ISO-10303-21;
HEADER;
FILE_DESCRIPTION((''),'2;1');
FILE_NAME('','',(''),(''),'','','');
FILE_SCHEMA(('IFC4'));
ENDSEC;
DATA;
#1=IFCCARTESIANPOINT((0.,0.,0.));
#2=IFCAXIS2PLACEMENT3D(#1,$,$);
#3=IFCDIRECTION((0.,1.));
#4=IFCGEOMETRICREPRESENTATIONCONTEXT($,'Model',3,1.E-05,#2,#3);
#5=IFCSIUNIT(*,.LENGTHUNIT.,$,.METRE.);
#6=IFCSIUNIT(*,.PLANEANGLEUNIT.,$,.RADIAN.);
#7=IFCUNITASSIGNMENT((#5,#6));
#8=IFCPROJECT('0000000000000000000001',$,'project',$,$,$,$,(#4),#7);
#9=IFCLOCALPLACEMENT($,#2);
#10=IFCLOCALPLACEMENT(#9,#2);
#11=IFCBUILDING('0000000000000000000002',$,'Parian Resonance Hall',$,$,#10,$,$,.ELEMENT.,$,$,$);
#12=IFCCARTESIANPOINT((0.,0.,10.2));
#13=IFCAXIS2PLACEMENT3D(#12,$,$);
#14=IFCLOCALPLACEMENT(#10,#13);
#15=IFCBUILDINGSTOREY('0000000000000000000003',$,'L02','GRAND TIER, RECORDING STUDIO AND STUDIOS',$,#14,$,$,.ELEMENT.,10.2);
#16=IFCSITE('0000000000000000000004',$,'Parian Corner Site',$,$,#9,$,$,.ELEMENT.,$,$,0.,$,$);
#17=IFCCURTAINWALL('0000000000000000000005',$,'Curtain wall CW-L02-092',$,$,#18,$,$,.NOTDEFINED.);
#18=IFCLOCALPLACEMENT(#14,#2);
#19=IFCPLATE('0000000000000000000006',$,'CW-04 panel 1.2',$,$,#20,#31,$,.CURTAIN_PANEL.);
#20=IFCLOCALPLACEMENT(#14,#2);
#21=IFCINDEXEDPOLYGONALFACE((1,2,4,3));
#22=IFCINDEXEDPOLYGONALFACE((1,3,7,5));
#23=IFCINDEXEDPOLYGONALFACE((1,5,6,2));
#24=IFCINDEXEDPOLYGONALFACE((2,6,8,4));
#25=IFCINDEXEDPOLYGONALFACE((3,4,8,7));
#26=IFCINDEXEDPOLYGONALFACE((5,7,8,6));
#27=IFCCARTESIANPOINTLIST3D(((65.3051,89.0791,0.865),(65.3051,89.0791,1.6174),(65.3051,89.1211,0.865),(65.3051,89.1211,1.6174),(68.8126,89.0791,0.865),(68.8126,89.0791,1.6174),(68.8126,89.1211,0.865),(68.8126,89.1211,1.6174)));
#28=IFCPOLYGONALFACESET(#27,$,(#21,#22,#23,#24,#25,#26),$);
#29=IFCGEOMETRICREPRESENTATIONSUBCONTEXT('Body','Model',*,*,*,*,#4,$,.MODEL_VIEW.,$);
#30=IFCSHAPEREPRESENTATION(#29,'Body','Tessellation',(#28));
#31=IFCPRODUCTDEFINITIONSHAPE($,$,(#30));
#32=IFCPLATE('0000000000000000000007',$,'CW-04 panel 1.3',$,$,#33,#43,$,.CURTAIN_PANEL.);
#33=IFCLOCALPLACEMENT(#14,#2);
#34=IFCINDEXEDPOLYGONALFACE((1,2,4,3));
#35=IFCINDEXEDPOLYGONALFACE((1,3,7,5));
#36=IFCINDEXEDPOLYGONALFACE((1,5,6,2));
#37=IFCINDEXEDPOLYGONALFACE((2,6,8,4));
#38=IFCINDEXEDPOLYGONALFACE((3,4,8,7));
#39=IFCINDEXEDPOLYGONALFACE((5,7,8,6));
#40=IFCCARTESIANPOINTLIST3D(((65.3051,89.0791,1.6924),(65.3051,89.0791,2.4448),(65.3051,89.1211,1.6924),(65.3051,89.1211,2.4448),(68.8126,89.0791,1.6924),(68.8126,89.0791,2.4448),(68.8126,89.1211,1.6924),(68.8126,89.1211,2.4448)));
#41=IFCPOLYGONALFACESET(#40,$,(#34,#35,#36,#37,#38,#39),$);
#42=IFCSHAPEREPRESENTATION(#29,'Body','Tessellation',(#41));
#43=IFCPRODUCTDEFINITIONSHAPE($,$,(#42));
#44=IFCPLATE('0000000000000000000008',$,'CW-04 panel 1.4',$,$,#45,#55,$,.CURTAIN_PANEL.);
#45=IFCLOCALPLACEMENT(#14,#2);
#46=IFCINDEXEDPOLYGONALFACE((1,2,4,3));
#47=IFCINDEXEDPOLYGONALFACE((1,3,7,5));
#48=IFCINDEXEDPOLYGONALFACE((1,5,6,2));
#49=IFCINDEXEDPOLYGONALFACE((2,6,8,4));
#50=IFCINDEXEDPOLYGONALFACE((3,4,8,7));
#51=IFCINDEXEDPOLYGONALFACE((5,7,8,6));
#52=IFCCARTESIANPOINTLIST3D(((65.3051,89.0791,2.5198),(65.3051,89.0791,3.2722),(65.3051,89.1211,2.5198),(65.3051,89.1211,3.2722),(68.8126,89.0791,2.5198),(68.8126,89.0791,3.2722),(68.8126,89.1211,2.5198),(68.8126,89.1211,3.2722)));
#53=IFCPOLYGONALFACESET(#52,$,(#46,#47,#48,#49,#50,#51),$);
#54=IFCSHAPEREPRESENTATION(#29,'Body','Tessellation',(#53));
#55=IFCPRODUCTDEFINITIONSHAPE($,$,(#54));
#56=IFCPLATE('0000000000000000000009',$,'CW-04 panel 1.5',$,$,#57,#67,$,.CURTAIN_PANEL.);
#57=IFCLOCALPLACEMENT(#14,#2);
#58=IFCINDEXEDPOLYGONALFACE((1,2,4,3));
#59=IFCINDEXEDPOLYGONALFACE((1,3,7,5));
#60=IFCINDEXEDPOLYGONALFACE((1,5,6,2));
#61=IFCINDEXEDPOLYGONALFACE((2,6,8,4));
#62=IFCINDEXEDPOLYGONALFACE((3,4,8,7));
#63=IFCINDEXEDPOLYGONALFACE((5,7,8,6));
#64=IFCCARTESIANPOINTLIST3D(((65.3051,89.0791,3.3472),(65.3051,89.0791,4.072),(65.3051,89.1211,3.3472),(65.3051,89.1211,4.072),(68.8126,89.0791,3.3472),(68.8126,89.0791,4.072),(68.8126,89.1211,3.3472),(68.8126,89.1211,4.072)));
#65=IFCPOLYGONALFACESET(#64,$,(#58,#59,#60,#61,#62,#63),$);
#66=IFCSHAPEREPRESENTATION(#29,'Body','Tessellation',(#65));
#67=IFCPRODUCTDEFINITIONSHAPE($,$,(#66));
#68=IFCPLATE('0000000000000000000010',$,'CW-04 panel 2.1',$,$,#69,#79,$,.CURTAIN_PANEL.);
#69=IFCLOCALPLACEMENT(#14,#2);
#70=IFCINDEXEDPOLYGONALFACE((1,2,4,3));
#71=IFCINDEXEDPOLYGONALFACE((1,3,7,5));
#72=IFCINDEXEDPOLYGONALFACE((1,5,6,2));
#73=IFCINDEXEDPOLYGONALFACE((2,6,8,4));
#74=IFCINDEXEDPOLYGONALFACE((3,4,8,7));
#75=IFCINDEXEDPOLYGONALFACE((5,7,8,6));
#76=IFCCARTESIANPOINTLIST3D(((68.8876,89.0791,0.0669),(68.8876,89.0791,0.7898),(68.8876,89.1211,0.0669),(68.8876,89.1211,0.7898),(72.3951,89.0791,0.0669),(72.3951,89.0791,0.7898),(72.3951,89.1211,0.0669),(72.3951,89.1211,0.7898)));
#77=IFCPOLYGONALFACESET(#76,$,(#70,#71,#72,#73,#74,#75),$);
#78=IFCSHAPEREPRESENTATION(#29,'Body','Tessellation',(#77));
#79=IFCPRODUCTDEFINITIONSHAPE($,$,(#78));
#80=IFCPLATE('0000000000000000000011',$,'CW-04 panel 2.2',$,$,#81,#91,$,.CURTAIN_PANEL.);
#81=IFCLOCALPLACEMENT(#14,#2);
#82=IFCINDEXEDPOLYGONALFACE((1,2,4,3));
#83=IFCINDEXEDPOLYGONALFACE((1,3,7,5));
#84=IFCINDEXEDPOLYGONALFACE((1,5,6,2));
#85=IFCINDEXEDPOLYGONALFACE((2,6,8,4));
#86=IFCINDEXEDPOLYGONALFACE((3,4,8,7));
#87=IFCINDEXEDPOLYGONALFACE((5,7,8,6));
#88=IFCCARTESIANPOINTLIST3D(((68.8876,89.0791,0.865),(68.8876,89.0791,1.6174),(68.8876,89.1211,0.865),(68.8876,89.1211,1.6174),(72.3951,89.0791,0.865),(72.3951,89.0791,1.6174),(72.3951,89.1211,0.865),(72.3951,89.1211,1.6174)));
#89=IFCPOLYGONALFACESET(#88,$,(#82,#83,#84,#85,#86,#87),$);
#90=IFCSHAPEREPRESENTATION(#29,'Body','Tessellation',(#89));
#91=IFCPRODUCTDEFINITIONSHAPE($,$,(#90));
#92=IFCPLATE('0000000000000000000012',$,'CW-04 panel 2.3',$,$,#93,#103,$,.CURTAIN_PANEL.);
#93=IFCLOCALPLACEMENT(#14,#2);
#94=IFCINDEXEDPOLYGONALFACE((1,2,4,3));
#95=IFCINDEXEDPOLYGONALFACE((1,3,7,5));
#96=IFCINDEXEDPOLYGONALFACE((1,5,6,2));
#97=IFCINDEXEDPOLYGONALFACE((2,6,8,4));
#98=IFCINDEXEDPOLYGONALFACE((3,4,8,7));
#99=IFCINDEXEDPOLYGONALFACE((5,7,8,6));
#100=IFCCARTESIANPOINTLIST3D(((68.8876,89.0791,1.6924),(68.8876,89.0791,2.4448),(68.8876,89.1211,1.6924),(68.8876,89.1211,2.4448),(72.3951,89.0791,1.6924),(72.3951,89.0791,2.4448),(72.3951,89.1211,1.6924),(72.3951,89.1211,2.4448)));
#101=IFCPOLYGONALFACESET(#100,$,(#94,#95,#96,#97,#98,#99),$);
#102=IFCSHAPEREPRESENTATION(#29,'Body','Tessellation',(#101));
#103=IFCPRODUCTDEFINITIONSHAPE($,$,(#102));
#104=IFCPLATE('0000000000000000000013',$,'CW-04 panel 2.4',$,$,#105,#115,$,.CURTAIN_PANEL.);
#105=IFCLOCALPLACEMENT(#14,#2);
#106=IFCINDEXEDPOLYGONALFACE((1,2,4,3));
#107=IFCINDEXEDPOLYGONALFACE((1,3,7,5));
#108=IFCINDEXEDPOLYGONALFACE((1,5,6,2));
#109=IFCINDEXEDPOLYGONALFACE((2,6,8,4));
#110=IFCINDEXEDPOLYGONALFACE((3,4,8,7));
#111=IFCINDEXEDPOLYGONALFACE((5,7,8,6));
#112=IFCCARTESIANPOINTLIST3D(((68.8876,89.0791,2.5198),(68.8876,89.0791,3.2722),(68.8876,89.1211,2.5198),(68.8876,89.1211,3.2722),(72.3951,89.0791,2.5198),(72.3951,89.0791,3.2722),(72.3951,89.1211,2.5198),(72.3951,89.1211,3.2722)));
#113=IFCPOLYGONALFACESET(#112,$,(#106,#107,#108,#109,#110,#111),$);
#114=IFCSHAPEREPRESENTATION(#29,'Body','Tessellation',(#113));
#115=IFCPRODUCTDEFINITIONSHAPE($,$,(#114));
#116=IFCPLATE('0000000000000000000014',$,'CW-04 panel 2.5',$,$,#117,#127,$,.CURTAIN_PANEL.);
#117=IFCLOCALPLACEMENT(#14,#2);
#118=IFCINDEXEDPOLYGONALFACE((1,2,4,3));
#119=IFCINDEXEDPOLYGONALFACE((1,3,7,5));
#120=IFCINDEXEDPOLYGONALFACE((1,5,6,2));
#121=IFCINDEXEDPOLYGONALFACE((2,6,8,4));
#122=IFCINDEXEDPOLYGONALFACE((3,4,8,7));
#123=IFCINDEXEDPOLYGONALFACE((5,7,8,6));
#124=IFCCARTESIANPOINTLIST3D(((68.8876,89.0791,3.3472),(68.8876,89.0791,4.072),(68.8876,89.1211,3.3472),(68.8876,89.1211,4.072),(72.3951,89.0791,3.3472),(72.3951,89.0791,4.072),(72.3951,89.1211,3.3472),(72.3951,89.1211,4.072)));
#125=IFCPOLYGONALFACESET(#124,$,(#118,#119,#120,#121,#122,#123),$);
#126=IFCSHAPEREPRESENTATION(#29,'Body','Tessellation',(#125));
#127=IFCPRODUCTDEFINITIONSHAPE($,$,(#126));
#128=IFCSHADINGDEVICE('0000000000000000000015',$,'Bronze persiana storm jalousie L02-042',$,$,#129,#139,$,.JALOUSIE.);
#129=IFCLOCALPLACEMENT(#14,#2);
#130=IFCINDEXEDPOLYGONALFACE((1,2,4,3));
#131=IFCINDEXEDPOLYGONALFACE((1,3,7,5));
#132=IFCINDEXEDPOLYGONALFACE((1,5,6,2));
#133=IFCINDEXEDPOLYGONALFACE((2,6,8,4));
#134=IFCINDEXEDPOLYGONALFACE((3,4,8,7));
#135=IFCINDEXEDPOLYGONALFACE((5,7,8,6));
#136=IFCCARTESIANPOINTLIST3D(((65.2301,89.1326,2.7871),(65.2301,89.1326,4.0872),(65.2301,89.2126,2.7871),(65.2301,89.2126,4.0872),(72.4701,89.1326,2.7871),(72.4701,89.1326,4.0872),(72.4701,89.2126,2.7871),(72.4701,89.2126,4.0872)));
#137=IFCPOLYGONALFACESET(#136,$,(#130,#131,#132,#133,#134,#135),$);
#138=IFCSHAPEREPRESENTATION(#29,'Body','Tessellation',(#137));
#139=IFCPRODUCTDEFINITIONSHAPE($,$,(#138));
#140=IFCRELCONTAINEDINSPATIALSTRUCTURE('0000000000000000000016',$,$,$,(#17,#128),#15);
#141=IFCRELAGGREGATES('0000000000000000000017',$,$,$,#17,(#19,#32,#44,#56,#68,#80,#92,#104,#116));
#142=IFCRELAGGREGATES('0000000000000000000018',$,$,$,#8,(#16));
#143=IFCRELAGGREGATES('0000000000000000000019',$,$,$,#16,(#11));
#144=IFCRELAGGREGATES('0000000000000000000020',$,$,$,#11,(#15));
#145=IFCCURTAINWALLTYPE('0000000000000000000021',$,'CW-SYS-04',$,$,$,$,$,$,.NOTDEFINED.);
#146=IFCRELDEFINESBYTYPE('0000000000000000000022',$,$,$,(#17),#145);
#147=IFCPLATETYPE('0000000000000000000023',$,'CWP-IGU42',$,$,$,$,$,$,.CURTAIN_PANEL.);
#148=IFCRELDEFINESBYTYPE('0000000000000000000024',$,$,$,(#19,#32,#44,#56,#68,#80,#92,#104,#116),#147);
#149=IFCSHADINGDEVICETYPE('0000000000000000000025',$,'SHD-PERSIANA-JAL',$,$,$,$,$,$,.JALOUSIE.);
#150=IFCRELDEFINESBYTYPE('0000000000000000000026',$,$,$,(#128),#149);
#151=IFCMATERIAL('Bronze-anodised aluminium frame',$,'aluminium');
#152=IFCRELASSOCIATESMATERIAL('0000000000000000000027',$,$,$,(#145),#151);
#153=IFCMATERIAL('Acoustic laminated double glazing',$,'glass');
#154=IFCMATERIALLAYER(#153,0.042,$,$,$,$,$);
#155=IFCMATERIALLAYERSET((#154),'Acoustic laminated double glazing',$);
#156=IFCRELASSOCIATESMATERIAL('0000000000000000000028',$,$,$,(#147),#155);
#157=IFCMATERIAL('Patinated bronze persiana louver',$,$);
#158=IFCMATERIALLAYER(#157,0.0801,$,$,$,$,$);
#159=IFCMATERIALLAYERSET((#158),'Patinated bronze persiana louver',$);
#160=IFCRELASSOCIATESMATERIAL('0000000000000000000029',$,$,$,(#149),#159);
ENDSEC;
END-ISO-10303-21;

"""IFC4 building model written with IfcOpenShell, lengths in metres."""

from ifc_helpers import new_model, si_unit, direction, frame, origin, origin_2d, place, context, subcontext, project, spatial, rectangle, extrude, material, layer, layer_set, type_object, element, aggregate, save


model = new_model("IFC4")

# Units and contexts
model_context = context("Model", 3, precision=1e-05, world=origin(), true_north=direction((0.0, 1.0)))
body_context = subcontext(model_context, "Body", "Model", "MODEL_VIEW")
ifc_project = project(units=[si_unit("LENGTHUNIT", "METRE"), si_unit("PLANEANGLEUNIT", "RADIAN")], contexts=[model_context])

# Site, building, storey
site_placement = place(None, origin())
site = spatial("IfcSite", under=ifc_project, at=site_placement, Name="Parian Corner Site", CompositionType="ELEMENT", RefElevation=0.0)
building_placement = place(site_placement, origin())
building = spatial("IfcBuilding", under=site, at=building_placement, Name="Parian Resonance Hall", CompositionType="ELEMENT")
storey_placement = place(building_placement, frame((0.0, 0.0, 10.2)))
storey = spatial("IfcBuildingStorey", under=building, at=storey_placement, Name="L02", Description="GRAND TIER, RECORDING STUDIO AND STUDIOS", CompositionType="ELEMENT", Elevation=10.2)

# Curtain wall, plates
ifc_material_1 = material(Name="Bronze-anodised aluminium frame", Category="aluminium")
curtain_wall_type = type_object("IfcCurtainWallType", Name="CW-SYS-04", PredefinedType="NOTDEFINED", material=ifc_material_1)
curtain_wall_placement = place(storey_placement, origin())
curtain_wall = element("IfcCurtainWall", 1, at=curtain_wall_placement, inside=storey, type_object=curtain_wall_type, Name="Curtain wall CW-L02-092", PredefinedType="NOTDEFINED")
ifc_material_2 = material(Name="Acoustic laminated double glazing", Category="glass")
ifc_layer_1 = layer(ifc_material_2, 0.042)
ifc_layer_set_1 = layer_set([ifc_layer_1], Name="Acoustic laminated double glazing")
plate_type = type_object("IfcPlateType", Name="CWP-IGU42", PredefinedType="CURTAIN_PANEL", material=ifc_layer_set_1)
plate_1_placement = place(storey_placement, frame((67.0588, 89.1001, 0.865), z_axis=(0.0, 0.0, 1.0), x_axis=(1.0, 0.0, 0.0)))
plate_1 = element("IfcPlate", 2, at=plate_1_placement, type_object=plate_type, Name="CW-04 panel 1.2", PredefinedType="CURTAIN_PANEL", context=body_context, shape_type="SweptSolid", body=[
    extrude(rectangle(XDim=3.5076, YDim=0.042, at=origin_2d()), origin(), (0.0, 0.0, 1.0), 0.7524),
])
plate_2_placement = place(storey_placement, frame((67.0588, 89.1001, 1.6924), z_axis=(0.0, 0.0, 1.0), x_axis=(1.0, 0.0, 0.0)))
plate_2 = element("IfcPlate", 3, at=plate_2_placement, type_object=plate_type, Name="CW-04 panel 1.3", PredefinedType="CURTAIN_PANEL", context=body_context, shape_type="SweptSolid", body=[
    extrude(rectangle(XDim=3.5076, YDim=0.042, at=origin_2d()), origin(), (0.0, 0.0, 1.0), 0.7524),
])
plate_3_placement = place(storey_placement, frame((67.0588, 89.1001, 2.5198), z_axis=(0.0, 0.0, 1.0), x_axis=(1.0, 0.0, 0.0)))
plate_3 = element("IfcPlate", 4, at=plate_3_placement, type_object=plate_type, Name="CW-04 panel 1.4", PredefinedType="CURTAIN_PANEL", context=body_context, shape_type="SweptSolid", body=[
    extrude(rectangle(XDim=3.5076, YDim=0.042, at=origin_2d()), origin(), (0.0, 0.0, 1.0), 0.7524),
])
plate_4_placement = place(storey_placement, frame((67.0588, 89.1001, 3.3472), z_axis=(0.0, 0.0, 1.0), x_axis=(1.0, 0.0, 0.0)))
plate_4 = element("IfcPlate", 5, at=plate_4_placement, type_object=plate_type, Name="CW-04 panel 1.5", PredefinedType="CURTAIN_PANEL", context=body_context, shape_type="SweptSolid", body=[
    extrude(rectangle(XDim=3.5076, YDim=0.042, at=origin_2d()), origin(), (0.0, 0.0, 1.0), 0.7249),
])
plate_5_placement = place(storey_placement, frame((70.6414, 89.1001, 0.0669), z_axis=(0.0, 0.0, 1.0), x_axis=(1.0, 0.0, 0.0)))
plate_5 = element("IfcPlate", 6, at=plate_5_placement, type_object=plate_type, Name="CW-04 panel 2.1", PredefinedType="CURTAIN_PANEL", context=body_context, shape_type="SweptSolid", body=[
    extrude(rectangle(XDim=3.5076, YDim=0.042, at=origin_2d()), origin(), (0.0, 0.0, 1.0), 0.7229),
])
plate_6_placement = place(storey_placement, frame((70.6414, 89.1001, 0.865), z_axis=(0.0, 0.0, 1.0), x_axis=(1.0, 0.0, 0.0)))
plate_6 = element("IfcPlate", 7, at=plate_6_placement, type_object=plate_type, Name="CW-04 panel 2.2", PredefinedType="CURTAIN_PANEL", context=body_context, shape_type="SweptSolid", body=[
    extrude(rectangle(XDim=3.5076, YDim=0.042, at=origin_2d()), origin(), (0.0, 0.0, 1.0), 0.7524),
])
plate_7_placement = place(storey_placement, frame((70.6414, 89.1001, 1.6924), z_axis=(0.0, 0.0, 1.0), x_axis=(1.0, 0.0, 0.0)))
plate_7 = element("IfcPlate", 8, at=plate_7_placement, type_object=plate_type, Name="CW-04 panel 2.3", PredefinedType="CURTAIN_PANEL", context=body_context, shape_type="SweptSolid", body=[
    extrude(rectangle(XDim=3.5076, YDim=0.042, at=origin_2d()), origin(), (0.0, 0.0, 1.0), 0.7524),
])
plate_8_placement = place(storey_placement, frame((70.6414, 89.1001, 2.5198), z_axis=(0.0, 0.0, 1.0), x_axis=(1.0, 0.0, 0.0)))
plate_8 = element("IfcPlate", 9, at=plate_8_placement, type_object=plate_type, Name="CW-04 panel 2.4", PredefinedType="CURTAIN_PANEL", context=body_context, shape_type="SweptSolid", body=[
    extrude(rectangle(XDim=3.5076, YDim=0.042, at=origin_2d()), origin(), (0.0, 0.0, 1.0), 0.7524),
])
plate_9_placement = place(storey_placement, frame((70.6414, 89.1001, 3.3472), z_axis=(0.0, 0.0, 1.0), x_axis=(1.0, 0.0, 0.0)))
plate_9 = element("IfcPlate", 10, at=plate_9_placement, type_object=plate_type, Name="CW-04 panel 2.5", PredefinedType="CURTAIN_PANEL", context=body_context, shape_type="SweptSolid", body=[
    extrude(rectangle(XDim=3.5076, YDim=0.042, at=origin_2d()), origin(), (0.0, 0.0, 1.0), 0.7249),
])
aggregate(curtain_wall, [plate_1, plate_2, plate_3, plate_4, plate_5, plate_6, plate_7, plate_8, plate_9])

# Shading device
ifc_material_3 = material(Name="Patinated bronze persiana louver")
ifc_layer_2 = layer(ifc_material_3, 0.0801)
ifc_layer_set_2 = layer_set([ifc_layer_2], Name="Patinated bronze persiana louver")
shading_device_type = type_object("IfcShadingDeviceType", Name="SHD-PERSIANA-JAL", PredefinedType="JALOUSIE", material=ifc_layer_set_2)
shading_device_placement = place(storey_placement, frame((68.8501, 89.1726, 2.7871), z_axis=(0.0, 0.0, 1.0), x_axis=(1.0, 0.0, 0.0)))
element("IfcShadingDevice", 11, at=shading_device_placement, inside=storey, type_object=shading_device_type, Name="Bronze persiana storm jalousie L02-042", PredefinedType="JALOUSIE", context=body_context, shape_type="SweptSolid", body=[
    extrude(rectangle(XDim=7.24, YDim=0.0801, at=origin_2d()), origin(), (0.0, 0.0, 1.0), 1.3),
])

save(model, "model.ifc")
